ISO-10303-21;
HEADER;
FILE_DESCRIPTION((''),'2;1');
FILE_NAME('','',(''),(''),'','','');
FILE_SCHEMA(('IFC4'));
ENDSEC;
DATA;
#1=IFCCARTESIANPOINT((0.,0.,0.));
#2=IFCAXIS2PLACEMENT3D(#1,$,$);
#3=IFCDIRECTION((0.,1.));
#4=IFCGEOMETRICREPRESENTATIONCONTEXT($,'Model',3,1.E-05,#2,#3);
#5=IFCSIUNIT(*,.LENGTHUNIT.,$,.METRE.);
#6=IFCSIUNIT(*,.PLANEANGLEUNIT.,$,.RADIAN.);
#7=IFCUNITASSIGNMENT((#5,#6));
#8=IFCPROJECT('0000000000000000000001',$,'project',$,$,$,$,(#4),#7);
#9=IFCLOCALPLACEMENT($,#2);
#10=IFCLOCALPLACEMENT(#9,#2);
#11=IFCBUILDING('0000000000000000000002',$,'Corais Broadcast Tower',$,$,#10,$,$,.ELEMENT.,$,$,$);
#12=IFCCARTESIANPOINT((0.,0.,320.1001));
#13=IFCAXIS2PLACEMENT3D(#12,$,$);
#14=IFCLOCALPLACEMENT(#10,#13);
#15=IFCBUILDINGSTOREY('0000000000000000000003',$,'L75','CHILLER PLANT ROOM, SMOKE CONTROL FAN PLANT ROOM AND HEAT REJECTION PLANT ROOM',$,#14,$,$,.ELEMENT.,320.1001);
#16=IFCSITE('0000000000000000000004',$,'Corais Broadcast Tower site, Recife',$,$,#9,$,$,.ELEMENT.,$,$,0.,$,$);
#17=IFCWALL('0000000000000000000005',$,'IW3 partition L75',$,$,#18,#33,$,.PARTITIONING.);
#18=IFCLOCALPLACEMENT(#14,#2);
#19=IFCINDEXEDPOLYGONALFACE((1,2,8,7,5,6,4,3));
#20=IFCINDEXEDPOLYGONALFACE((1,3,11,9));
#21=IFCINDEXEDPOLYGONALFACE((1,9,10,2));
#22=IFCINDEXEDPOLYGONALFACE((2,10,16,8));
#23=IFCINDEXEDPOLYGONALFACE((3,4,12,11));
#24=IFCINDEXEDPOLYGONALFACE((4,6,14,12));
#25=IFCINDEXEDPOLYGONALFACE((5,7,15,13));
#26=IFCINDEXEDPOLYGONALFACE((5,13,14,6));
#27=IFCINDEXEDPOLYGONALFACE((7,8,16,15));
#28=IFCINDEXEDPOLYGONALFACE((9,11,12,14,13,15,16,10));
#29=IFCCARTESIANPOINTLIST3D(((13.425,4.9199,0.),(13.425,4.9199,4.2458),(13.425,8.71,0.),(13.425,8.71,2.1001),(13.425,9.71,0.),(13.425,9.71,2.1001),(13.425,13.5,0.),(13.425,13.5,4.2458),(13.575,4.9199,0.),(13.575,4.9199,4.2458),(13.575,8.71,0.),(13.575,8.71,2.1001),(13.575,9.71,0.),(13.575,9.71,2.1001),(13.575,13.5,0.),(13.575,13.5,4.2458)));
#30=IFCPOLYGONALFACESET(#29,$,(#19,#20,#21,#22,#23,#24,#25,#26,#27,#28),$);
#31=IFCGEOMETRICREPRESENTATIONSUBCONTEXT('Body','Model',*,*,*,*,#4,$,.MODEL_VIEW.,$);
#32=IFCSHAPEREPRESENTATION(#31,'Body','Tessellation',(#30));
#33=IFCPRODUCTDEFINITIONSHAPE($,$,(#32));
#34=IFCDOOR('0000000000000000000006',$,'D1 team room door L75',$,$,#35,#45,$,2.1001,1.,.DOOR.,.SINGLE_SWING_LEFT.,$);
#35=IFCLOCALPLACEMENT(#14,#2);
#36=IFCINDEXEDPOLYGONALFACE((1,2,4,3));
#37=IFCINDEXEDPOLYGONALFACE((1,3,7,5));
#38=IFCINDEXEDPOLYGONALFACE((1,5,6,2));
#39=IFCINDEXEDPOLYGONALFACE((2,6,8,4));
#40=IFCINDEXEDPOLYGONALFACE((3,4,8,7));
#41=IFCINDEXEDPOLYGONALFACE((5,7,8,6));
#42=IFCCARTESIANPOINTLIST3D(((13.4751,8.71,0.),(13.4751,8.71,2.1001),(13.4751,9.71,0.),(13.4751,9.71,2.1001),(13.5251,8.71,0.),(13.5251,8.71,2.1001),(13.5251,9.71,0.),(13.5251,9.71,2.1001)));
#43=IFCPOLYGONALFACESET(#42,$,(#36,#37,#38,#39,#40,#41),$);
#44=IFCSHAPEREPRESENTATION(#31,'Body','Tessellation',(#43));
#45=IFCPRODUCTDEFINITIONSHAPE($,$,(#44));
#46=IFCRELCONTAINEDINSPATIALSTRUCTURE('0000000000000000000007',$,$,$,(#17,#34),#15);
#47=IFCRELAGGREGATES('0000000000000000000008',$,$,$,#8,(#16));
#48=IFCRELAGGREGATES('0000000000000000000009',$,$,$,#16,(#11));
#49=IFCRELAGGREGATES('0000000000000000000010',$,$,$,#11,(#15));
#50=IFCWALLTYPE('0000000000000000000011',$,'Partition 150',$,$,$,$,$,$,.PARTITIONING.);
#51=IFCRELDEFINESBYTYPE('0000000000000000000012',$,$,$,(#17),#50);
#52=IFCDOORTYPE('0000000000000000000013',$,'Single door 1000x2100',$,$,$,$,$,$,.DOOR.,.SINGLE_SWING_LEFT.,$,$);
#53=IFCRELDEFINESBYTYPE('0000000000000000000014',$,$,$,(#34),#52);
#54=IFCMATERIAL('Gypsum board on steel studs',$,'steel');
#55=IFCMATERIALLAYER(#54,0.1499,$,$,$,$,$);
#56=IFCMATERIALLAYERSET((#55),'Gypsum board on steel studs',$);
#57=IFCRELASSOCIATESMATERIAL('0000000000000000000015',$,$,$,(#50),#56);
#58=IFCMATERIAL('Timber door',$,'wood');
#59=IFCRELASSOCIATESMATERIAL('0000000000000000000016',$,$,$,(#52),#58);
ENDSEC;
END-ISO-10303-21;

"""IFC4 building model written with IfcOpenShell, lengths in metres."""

from ifc_helpers import new_model, si_unit, direction, frame, frame_2d, origin, place, context, subcontext, project, spatial, rectangle, extrude, material, layer, layer_set, type_object, element, fill, save


model = new_model("IFC4")

# Units and contexts
model_context = context("Model", 3, precision=1e-05, world=origin(), true_north=direction((0.0, 1.0)))
body_context = subcontext(model_context, "Body", "Model", "MODEL_VIEW")
ifc_project = project(units=[si_unit("LENGTHUNIT", "METRE"), si_unit("PLANEANGLEUNIT", "RADIAN")], contexts=[model_context])

# Site, building, storey
site_placement = place(None, origin())
site = spatial("IfcSite", under=ifc_project, at=site_placement, Name="Corais Broadcast Tower site, Recife", CompositionType="ELEMENT", RefElevation=0.0)
building_placement = place(site_placement, origin())
building = spatial("IfcBuilding", under=site, at=building_placement, Name="Corais Broadcast Tower", CompositionType="ELEMENT")
storey_placement = place(building_placement, frame((0.0, 0.0, 320.1001)))
storey = spatial("IfcBuildingStorey", under=building, at=storey_placement, Name="L75", Description="CHILLER PLANT ROOM, SMOKE CONTROL FAN PLANT ROOM AND HEAT REJECTION PLANT ROOM", CompositionType="ELEMENT", Elevation=320.1001)

# Shared definitions
ifc_material_1 = material(Name="Gypsum board on steel studs", Category="steel")
ifc_layer_1 = layer(ifc_material_1, 0.1499)
ifc_layer_set_1 = layer_set([ifc_layer_1], Name="Gypsum board on steel studs")
wall_type_1 = type_object("IfcWallType", Name="Partition 150", PredefinedType="PARTITIONING", material=ifc_layer_set_1)

# Wall, opening, door
wall_1_placement = place(storey_placement, frame((13.5, 4.9199, 0.0), z_axis=(0.0, 0.0, 1.0), x_axis=(0.0, 1.0, 0.0)))
wall_1 = element("IfcWall", 1, at=wall_1_placement, inside=storey, type_object=wall_type_1, Name="IW3 partition L75", PredefinedType="PARTITIONING", context=body_context, shape_type="SweptSolid", body=[
    extrude(rectangle(XDim=8.5801, YDim=0.1499, at=frame_2d((4.29, 0.0))), origin(), (0.0, 0.0, 1.0), 4.2458),
])
opening_1_placement = place(wall_1_placement, frame((3.79, 0.0, 0.0)))
opening_1 = element("IfcOpeningElement", 2, at=opening_1_placement, cuts=wall_1, PredefinedType="OPENING", context=body_context, shape_type="SweptSolid", body=[
    extrude(rectangle(XDim=1.0, YDim=2.1001, at=frame_2d((0.5, 1.05))), frame((0.0, 0.085, 0.0), z_axis=(0.0, -1.0, 0.0), x_axis=(1.0, 0.0, 0.0)), (0.0, 0.0, 1.0), 0.1699),
])
ifc_material_2 = material(Name="Timber door", Category="wood")
door_type = type_object("IfcDoorType", Name="Single door 1000x2100", OperationType="SINGLE_SWING_LEFT", PredefinedType="DOOR", material=ifc_material_2)
door_placement = place(opening_1_placement, origin())
door = element("IfcDoor", 3, at=door_placement, inside=storey, type_object=door_type, Name="D1 team room door L75", OperationType="SINGLE_SWING_LEFT", OverallHeight=2.1001, OverallWidth=1.0, PredefinedType="DOOR", context=body_context, shape_type="SweptSolid", body=[
    extrude(rectangle(XDim=1.0, YDim=2.1001, at=frame_2d((0.5, 1.05))), frame((0.0, 0.0249, 0.0), z_axis=(0.0, -1.0, 0.0), x_axis=(1.0, 0.0, 0.0)), (0.0, 0.0, 1.0), 0.05),
])
fill(opening_1, door)

save(model, "model.ifc")
